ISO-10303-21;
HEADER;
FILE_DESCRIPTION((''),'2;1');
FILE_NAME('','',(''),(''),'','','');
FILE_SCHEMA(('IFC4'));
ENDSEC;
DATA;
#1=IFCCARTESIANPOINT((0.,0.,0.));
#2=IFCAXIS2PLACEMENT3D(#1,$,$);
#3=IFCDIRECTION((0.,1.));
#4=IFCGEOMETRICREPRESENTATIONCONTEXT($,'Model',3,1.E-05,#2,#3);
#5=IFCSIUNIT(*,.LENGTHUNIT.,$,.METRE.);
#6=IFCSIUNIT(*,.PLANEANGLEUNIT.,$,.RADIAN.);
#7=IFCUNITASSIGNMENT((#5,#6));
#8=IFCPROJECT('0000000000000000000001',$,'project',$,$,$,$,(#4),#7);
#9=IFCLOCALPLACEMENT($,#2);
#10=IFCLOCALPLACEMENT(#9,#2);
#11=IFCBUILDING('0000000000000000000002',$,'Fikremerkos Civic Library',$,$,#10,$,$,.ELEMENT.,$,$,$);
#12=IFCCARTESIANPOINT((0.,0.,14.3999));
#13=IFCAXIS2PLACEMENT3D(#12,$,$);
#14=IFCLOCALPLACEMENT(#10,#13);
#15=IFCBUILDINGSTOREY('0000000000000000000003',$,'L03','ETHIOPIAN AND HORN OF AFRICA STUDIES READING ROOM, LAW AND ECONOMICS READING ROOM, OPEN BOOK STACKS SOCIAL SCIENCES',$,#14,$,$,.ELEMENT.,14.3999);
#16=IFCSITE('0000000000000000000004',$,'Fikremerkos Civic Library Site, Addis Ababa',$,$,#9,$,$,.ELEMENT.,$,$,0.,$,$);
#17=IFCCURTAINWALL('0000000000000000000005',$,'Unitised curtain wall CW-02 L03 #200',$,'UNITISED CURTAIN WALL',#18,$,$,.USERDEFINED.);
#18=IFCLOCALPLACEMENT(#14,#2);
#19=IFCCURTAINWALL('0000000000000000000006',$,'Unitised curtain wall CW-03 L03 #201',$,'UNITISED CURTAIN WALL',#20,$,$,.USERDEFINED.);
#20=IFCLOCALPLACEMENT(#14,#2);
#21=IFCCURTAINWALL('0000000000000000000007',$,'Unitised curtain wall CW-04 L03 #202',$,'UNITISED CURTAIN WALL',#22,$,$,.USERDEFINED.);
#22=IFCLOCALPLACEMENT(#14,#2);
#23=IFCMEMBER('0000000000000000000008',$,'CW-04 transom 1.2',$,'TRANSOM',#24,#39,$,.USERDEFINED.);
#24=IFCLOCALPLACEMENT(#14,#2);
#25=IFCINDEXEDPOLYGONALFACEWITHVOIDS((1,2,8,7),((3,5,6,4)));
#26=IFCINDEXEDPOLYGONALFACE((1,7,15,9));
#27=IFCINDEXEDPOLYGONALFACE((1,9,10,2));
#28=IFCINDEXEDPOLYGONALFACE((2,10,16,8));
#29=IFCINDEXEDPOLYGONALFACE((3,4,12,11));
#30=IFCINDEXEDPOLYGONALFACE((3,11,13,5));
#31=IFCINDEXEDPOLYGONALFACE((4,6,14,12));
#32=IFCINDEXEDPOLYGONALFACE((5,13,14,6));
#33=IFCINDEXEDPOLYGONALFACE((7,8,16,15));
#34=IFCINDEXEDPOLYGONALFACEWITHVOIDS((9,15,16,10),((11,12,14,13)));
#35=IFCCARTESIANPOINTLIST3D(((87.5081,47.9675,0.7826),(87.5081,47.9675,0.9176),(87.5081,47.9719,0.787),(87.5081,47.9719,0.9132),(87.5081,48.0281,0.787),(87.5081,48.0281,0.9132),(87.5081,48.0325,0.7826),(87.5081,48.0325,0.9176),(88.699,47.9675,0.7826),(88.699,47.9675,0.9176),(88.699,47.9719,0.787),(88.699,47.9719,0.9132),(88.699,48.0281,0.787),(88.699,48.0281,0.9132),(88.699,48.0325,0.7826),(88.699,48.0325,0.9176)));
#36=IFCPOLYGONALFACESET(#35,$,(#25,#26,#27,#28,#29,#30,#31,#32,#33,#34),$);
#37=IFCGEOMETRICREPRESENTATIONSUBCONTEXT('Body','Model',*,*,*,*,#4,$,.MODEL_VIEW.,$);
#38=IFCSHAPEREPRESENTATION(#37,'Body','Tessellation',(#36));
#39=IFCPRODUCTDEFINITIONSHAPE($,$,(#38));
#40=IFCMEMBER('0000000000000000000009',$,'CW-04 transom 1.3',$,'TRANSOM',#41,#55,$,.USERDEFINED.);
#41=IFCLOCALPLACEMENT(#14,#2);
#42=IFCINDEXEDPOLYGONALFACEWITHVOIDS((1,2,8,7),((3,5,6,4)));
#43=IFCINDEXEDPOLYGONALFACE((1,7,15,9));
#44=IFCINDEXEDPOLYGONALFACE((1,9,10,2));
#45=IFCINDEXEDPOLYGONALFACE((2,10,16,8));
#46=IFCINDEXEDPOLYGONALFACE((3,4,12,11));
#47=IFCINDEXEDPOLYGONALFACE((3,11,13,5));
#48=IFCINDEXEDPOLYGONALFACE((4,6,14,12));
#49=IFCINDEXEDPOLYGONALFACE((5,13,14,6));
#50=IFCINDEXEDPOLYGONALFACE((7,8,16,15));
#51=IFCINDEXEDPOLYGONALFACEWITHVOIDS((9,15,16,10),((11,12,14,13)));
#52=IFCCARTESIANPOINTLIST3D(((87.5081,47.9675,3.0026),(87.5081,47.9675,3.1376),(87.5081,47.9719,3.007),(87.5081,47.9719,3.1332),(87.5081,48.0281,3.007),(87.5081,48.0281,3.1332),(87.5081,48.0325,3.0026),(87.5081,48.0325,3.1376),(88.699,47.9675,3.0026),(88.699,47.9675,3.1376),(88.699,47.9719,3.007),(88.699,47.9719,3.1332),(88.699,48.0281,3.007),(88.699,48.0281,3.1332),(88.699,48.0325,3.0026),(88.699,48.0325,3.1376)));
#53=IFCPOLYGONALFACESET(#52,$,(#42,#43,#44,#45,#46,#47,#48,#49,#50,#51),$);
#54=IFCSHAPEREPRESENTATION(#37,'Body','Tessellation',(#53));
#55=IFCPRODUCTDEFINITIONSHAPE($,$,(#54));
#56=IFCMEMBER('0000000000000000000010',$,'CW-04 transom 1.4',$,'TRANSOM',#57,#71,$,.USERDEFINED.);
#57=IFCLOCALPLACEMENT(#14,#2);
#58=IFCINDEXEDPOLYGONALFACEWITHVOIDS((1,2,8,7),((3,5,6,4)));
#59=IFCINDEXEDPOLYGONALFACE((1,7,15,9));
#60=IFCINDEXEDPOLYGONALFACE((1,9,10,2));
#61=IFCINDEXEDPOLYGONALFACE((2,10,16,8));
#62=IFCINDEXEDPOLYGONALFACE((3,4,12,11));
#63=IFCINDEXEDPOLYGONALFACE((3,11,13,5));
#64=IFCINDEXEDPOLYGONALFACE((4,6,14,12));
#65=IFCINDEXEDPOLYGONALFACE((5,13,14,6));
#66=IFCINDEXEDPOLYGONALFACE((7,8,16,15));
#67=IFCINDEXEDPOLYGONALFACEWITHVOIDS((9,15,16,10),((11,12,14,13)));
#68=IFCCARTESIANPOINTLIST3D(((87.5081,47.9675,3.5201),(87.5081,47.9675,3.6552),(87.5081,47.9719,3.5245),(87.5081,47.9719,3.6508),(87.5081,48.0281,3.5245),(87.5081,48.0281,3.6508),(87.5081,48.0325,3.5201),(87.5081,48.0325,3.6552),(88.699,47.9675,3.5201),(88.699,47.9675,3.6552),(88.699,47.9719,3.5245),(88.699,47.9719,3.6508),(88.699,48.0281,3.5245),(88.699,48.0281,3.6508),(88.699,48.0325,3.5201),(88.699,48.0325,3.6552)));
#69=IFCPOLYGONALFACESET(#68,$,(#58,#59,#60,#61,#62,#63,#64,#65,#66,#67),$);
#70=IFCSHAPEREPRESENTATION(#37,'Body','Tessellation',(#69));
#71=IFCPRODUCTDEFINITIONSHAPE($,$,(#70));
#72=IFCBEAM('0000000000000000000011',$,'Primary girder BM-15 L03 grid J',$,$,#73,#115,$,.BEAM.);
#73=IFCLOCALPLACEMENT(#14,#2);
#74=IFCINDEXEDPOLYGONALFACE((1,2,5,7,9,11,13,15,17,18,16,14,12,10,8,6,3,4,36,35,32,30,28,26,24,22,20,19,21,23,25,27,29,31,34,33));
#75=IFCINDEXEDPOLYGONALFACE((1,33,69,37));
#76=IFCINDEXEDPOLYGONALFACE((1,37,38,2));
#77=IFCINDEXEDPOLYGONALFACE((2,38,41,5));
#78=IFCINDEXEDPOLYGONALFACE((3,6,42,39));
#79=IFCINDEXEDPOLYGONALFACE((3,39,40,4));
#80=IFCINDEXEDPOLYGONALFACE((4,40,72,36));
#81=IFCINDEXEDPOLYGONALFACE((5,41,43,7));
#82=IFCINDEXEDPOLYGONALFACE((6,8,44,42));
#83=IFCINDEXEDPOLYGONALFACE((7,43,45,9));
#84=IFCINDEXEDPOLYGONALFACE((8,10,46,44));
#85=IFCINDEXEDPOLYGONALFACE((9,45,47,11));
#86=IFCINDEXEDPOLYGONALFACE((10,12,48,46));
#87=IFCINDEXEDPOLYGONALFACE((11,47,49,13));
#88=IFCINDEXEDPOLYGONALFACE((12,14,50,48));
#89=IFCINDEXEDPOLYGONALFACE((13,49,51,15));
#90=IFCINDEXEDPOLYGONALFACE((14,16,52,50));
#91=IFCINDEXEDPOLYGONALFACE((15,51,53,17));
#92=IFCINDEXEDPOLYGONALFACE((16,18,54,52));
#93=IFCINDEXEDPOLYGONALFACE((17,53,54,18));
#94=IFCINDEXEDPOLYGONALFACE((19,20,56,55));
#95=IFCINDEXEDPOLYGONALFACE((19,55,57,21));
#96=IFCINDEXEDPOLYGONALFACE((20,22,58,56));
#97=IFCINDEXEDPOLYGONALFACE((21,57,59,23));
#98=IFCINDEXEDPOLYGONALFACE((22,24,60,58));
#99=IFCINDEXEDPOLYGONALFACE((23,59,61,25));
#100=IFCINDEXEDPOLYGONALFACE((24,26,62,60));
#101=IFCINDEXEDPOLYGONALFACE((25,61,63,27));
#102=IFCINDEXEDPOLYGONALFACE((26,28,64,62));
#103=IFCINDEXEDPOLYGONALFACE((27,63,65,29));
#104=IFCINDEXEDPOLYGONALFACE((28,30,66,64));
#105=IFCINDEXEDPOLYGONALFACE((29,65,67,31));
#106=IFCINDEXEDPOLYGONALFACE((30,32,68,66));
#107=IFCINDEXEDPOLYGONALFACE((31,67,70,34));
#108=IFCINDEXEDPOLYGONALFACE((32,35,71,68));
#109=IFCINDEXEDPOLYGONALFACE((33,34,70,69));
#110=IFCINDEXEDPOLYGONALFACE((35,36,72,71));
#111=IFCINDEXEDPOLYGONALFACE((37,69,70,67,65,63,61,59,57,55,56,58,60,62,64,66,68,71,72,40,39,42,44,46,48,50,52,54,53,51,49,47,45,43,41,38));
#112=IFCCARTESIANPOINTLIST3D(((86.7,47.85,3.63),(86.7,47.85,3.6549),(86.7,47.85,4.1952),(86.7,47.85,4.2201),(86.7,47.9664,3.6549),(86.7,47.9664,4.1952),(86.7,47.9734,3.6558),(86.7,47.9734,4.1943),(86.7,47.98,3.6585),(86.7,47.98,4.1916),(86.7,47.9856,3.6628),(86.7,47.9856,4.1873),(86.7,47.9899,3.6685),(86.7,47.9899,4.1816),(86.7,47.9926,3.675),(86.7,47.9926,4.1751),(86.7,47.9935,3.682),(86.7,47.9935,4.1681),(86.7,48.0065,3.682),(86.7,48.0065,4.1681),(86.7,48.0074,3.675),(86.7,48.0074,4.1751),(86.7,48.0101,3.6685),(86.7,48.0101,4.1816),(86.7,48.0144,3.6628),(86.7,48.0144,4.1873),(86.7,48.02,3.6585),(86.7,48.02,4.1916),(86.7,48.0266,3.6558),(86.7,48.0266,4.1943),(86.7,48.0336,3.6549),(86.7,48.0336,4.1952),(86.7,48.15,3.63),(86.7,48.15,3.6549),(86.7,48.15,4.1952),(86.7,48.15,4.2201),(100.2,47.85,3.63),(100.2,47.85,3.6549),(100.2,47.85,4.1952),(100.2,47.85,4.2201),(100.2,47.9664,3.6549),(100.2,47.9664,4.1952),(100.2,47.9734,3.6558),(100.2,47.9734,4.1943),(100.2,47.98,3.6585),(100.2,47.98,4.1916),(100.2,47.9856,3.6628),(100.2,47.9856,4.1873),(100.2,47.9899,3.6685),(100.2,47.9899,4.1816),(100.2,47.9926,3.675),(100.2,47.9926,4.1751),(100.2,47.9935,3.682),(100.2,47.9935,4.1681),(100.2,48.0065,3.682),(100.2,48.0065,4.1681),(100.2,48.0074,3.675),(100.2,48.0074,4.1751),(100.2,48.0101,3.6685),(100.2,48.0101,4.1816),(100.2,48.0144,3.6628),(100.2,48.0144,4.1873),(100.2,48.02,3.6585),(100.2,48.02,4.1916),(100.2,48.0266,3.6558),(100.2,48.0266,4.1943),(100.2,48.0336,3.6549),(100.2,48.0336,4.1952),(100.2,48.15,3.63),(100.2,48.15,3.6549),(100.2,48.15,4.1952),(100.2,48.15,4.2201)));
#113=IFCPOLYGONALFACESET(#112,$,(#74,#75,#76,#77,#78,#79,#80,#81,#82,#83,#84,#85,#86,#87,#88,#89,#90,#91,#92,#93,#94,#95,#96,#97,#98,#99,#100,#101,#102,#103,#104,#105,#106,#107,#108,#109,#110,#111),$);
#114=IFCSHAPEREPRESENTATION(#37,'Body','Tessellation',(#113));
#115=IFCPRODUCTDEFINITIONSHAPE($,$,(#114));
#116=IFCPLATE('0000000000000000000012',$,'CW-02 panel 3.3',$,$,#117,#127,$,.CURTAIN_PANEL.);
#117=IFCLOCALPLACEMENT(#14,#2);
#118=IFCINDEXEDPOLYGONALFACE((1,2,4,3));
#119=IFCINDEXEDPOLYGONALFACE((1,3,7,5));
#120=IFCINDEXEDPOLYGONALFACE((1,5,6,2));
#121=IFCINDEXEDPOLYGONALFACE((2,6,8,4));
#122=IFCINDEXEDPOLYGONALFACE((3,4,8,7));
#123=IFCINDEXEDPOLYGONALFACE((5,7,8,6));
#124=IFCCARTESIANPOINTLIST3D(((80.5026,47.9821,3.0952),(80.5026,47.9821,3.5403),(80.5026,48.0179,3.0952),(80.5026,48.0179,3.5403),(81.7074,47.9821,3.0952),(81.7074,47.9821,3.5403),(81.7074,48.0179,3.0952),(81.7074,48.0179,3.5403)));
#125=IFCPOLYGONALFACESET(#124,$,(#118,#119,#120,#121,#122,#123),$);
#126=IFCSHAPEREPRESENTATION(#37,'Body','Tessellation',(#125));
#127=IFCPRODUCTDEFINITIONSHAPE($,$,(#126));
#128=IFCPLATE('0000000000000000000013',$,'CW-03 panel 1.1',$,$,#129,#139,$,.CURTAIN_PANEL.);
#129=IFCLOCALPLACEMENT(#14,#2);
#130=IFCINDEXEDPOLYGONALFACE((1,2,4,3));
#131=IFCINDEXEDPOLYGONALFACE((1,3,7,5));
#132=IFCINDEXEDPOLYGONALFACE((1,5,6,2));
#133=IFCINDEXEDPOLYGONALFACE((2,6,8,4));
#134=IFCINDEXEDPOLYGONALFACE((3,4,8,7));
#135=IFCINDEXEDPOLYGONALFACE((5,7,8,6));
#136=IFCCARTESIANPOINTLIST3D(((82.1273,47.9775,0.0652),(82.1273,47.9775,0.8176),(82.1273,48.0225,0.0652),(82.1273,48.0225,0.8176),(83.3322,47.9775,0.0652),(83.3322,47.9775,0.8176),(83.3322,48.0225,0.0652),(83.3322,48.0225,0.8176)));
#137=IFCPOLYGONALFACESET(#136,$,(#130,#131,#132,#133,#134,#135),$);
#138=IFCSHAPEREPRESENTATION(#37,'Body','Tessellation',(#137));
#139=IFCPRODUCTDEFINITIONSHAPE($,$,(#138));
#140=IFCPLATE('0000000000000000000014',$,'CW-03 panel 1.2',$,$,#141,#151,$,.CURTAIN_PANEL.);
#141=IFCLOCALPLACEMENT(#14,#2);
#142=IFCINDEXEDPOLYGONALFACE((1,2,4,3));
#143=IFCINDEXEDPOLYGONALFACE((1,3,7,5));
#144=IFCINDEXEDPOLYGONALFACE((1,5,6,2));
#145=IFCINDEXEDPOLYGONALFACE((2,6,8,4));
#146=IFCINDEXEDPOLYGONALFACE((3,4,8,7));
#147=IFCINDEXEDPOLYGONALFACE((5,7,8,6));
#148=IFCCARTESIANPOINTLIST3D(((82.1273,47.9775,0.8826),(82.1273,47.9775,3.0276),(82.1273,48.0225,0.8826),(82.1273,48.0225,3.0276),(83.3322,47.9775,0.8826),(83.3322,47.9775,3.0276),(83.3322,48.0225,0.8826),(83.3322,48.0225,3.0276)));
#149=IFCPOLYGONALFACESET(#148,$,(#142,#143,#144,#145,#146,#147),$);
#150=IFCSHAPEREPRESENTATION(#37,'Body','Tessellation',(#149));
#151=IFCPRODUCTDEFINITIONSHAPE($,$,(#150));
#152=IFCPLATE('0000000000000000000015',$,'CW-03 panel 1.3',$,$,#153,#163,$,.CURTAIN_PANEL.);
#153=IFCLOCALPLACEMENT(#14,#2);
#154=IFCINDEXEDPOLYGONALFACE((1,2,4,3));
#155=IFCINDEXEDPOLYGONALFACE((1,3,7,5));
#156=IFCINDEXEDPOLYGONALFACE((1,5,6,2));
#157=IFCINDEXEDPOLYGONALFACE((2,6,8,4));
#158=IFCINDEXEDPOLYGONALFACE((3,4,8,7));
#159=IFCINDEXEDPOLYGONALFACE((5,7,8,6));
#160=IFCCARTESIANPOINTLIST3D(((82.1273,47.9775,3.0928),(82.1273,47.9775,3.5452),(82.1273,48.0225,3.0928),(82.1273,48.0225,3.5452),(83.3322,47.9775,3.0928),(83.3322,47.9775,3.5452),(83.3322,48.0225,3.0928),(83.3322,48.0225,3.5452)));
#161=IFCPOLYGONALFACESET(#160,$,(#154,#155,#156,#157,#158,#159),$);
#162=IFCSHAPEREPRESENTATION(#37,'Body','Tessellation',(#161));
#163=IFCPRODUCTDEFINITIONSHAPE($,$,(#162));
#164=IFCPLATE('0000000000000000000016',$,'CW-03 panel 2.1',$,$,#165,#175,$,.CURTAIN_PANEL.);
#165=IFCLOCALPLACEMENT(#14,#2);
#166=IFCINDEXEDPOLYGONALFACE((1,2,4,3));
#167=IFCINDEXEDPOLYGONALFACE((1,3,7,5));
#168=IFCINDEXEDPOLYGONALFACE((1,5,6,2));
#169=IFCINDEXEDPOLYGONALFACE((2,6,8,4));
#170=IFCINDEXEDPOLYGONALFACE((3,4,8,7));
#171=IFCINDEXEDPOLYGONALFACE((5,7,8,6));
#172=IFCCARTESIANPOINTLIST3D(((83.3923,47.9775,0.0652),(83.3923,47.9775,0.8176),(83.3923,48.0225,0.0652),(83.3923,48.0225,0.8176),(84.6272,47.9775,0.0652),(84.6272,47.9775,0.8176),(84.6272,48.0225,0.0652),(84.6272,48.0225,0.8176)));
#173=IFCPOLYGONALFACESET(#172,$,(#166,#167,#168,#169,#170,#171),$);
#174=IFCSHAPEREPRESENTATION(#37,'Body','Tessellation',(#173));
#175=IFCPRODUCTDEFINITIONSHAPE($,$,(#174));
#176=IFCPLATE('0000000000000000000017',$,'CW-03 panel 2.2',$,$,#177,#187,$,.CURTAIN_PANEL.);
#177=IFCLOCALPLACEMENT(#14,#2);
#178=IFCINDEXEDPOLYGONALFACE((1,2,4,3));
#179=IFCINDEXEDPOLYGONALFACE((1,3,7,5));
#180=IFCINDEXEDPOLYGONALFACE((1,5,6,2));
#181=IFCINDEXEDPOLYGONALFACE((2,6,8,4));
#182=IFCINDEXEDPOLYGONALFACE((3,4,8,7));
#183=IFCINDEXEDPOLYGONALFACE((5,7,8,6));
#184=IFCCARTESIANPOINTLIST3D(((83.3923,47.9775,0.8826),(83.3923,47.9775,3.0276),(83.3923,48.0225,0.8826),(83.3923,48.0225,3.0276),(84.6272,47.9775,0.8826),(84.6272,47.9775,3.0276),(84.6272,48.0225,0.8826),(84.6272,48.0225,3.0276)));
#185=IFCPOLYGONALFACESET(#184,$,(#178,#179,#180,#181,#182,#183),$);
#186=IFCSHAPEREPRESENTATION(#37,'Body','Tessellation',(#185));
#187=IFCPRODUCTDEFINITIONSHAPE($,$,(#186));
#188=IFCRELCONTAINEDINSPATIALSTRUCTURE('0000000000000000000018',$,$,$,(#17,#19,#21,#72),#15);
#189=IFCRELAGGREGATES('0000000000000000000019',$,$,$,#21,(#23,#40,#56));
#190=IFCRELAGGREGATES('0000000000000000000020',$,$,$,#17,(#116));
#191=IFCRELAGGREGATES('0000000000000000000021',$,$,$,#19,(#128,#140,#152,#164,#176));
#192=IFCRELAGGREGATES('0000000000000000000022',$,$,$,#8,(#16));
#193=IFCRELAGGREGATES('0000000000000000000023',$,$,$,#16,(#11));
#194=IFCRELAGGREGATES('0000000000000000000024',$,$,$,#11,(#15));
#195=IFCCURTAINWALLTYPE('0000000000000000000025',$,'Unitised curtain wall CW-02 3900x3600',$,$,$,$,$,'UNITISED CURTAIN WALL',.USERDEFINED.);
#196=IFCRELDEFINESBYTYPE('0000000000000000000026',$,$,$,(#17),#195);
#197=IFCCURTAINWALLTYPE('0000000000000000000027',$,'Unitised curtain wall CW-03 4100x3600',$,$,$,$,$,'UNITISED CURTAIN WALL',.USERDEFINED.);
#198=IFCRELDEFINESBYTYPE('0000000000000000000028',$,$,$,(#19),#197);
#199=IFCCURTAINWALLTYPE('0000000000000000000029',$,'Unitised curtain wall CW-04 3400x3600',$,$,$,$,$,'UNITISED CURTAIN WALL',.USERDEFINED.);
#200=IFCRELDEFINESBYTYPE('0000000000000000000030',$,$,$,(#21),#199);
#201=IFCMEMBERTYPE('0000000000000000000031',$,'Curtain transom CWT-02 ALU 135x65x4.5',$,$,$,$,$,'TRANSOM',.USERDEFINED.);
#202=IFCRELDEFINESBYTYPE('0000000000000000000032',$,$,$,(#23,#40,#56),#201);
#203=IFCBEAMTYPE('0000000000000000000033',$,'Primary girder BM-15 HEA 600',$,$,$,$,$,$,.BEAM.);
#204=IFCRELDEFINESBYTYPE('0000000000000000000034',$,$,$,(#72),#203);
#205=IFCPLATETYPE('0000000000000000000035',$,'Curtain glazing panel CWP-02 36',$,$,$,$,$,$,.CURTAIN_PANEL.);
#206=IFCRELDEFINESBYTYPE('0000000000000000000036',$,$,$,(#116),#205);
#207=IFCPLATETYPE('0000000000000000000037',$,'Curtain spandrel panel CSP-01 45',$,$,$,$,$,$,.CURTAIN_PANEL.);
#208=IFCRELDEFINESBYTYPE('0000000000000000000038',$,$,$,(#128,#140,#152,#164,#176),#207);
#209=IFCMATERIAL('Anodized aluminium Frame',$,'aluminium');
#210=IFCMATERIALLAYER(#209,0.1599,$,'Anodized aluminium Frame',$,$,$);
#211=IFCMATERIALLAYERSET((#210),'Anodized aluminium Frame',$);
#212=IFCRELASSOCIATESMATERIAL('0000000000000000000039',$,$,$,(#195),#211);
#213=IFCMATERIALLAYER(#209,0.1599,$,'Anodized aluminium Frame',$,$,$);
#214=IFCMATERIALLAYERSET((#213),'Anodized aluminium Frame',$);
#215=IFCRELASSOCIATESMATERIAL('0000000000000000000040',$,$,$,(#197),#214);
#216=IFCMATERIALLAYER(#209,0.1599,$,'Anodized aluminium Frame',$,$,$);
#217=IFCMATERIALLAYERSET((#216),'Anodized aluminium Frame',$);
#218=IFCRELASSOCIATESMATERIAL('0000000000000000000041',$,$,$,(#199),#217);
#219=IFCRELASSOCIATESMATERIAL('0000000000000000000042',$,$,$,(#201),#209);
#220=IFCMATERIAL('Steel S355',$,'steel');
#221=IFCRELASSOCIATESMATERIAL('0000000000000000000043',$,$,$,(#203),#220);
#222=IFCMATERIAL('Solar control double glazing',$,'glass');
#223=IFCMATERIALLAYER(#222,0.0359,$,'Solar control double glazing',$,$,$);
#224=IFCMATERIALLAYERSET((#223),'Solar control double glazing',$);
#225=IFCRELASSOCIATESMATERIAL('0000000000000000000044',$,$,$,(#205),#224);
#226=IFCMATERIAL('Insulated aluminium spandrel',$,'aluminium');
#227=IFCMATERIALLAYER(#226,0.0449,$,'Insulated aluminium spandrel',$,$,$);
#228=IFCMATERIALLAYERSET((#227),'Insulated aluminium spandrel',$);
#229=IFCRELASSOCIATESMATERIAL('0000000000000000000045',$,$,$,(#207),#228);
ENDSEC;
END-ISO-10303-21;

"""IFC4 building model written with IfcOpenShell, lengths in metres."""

from ifc_helpers import new_model, si_unit, direction, frame, origin, origin_2d, place, context, subcontext, project, spatial, rectangle, hollow_rectangle, i_section, extrude, material, layer, layer_set, material_profile, profile_set, type_object, element, aggregate, save


model = new_model("IFC4")

# Units and contexts
model_context = context("Model", 3, precision=1e-05, world=origin(), true_north=direction((0.0, 1.0)))
body_context = subcontext(model_context, "Body", "Model", "MODEL_VIEW")
ifc_project = project(units=[si_unit("LENGTHUNIT", "METRE"), si_unit("PLANEANGLEUNIT", "RADIAN")], contexts=[model_context])

# Site, building, storey
site_placement = place(None, origin())
site = spatial("IfcSite", under=ifc_project, at=site_placement, Name="Fikremerkos Civic Library Site, Addis Ababa", CompositionType="ELEMENT", RefElevation=0.0)
building_placement = place(site_placement, origin())
building = spatial("IfcBuilding", under=site, at=building_placement, Name="Fikremerkos Civic Library", CompositionType="ELEMENT")
storey_placement = place(building_placement, frame((0.0, 0.0, 14.3999)))
storey = spatial("IfcBuildingStorey", under=building, at=storey_placement, Name="L03", Description="ETHIOPIAN AND HORN OF AFRICA STUDIES READING ROOM, LAW AND ECONOMICS READING ROOM, OPEN BOOK STACKS SOCIAL SCIENCES", CompositionType="ELEMENT", Elevation=14.3999)

# Curtain wall
ifc_material_1 = material(Name="Anodized aluminium Frame", Category="aluminium")
ifc_layer_1 = layer(ifc_material_1, 0.1599, Name="Anodized aluminium Frame")
ifc_layer_set_1 = layer_set([ifc_layer_1], Name="Anodized aluminium Frame")
curtain_wall_type_1 = type_object("IfcCurtainWallType", Name="Unitised curtain wall CW-02 3900x3600", ElementType="UNITISED CURTAIN WALL", PredefinedType="USERDEFINED", material=ifc_layer_set_1)
curtain_wall_1_placement = place(storey_placement, origin())
curtain_wall_1 = element("IfcCurtainWall", 1, at=curtain_wall_1_placement, inside=storey, type_object=curtain_wall_type_1, Name="Unitised curtain wall CW-02 L03 #200", ObjectType="UNITISED CURTAIN WALL", PredefinedType="USERDEFINED")

# Curtain wall
ifc_layer_2 = layer(ifc_material_1, 0.1599, Name="Anodized aluminium Frame")
ifc_layer_set_2 = layer_set([ifc_layer_2], Name="Anodized aluminium Frame")
curtain_wall_type_2 = type_object("IfcCurtainWallType", Name="Unitised curtain wall CW-03 4100x3600", ElementType="UNITISED CURTAIN WALL", PredefinedType="USERDEFINED", material=ifc_layer_set_2)
curtain_wall_2_placement = place(storey_placement, origin())
curtain_wall_2 = element("IfcCurtainWall", 2, at=curtain_wall_2_placement, inside=storey, type_object=curtain_wall_type_2, Name="Unitised curtain wall CW-03 L03 #201", ObjectType="UNITISED CURTAIN WALL", PredefinedType="USERDEFINED")

# Curtain wall
ifc_layer_3 = layer(ifc_material_1, 0.1599, Name="Anodized aluminium Frame")
ifc_layer_set_3 = layer_set([ifc_layer_3], Name="Anodized aluminium Frame")
curtain_wall_type_3 = type_object("IfcCurtainWallType", Name="Unitised curtain wall CW-04 3400x3600", ElementType="UNITISED CURTAIN WALL", PredefinedType="USERDEFINED", material=ifc_layer_set_3)
curtain_wall_3_placement = place(storey_placement, origin())
curtain_wall_3 = element("IfcCurtainWall", 3, at=curtain_wall_3_placement, inside=storey, type_object=curtain_wall_type_3, Name="Unitised curtain wall CW-04 L03 #202", ObjectType="UNITISED CURTAIN WALL", PredefinedType="USERDEFINED")

# Members
ifc_material_profile_1 = material_profile(ifc_material_1, hollow_rectangle(XDim=0.0649, YDim=0.135, WallThickness=0.0044, at=origin_2d()), Name="ALU 135x65x4.5")
ifc_profile_set_1 = profile_set([ifc_material_profile_1], Name="Anodized aluminium Frame")
member_type_1 = type_object("IfcMemberType", Name="Curtain transom CWT-02 ALU 135x65x4.5", ElementType="TRANSOM", PredefinedType="USERDEFINED", material=ifc_profile_set_1)
member_1_placement = place(storey_placement, frame((87.5081, 48.0, 0.8501), z_axis=(1.0, 0.0, 0.0), x_axis=(0.0, 1.0, 0.0)))
member_1 = element("IfcMember", 4, at=member_1_placement, type_object=member_type_1, Name="CW-04 transom 1.2", ObjectType="TRANSOM", PredefinedType="USERDEFINED", context=body_context, shape_type="SweptSolid", body=[
    extrude(hollow_rectangle(XDim=0.0649, YDim=0.135, WallThickness=0.0044, at=origin_2d()), origin(), (0.0, 0.0, 1.0), 1.1909),
])
member_2_placement = place(storey_placement, frame((87.5081, 48.0, 3.0701), z_axis=(1.0, 0.0, 0.0), x_axis=(0.0, 1.0, 0.0)))
member_2 = element("IfcMember", 5, at=member_2_placement, type_object=member_type_1, Name="CW-04 transom 1.3", ObjectType="TRANSOM", PredefinedType="USERDEFINED", context=body_context, shape_type="SweptSolid", body=[
    extrude(hollow_rectangle(XDim=0.0649, YDim=0.135, WallThickness=0.0044, at=origin_2d()), origin(), (0.0, 0.0, 1.0), 1.1909),
])
member_3_placement = place(storey_placement, frame((87.5081, 48.0, 3.5876), z_axis=(1.0, 0.0, 0.0), x_axis=(0.0, 1.0, 0.0)))
member_3 = element("IfcMember", 6, at=member_3_placement, type_object=member_type_1, Name="CW-04 transom 1.4", ObjectType="TRANSOM", PredefinedType="USERDEFINED", context=body_context, shape_type="SweptSolid", body=[
    extrude(hollow_rectangle(XDim=0.0649, YDim=0.135, WallThickness=0.0044, at=origin_2d()), origin(), (0.0, 0.0, 1.0), 1.1909),
])
aggregate(curtain_wall_3, [member_1, member_2, member_3])

# Beam
ifc_material_2 = material(Name="Steel S355", Category="steel")
ifc_material_profile_2 = material_profile(ifc_material_2, i_section(OverallWidth=0.3, OverallDepth=0.5901, WebThickness=0.0129, FlangeThickness=0.0249, FilletRadius=0.0271, at=origin_2d()), Name="HEA 600")
ifc_profile_set_2 = profile_set([ifc_material_profile_2], Name="Steel S355")
beam_type = type_object("IfcBeamType", Name="Primary girder BM-15 HEA 600", PredefinedType="BEAM", material=ifc_profile_set_2)
beam_placement = place(storey_placement, frame((86.7, 48.0, 3.925), z_axis=(1.0, 0.0, 0.0), x_axis=(0.0, 1.0, 0.0)))
element("IfcBeam", 7, at=beam_placement, inside=storey, type_object=beam_type, Name="Primary girder BM-15 L03 grid J", PredefinedType="BEAM", context=body_context, shape_type="SweptSolid", body=[
    extrude(i_section(OverallWidth=0.3, OverallDepth=0.5901, WebThickness=0.0129, FlangeThickness=0.0249, FilletRadius=0.0271, at=origin_2d()), origin(), (0.0, 0.0, 1.0), 13.5),
])

# Plates
ifc_material_3 = material(Name="Solar control double glazing", Category="glass")
ifc_layer_4 = layer(ifc_material_3, 0.0359, Name="Solar control double glazing")
ifc_layer_set_4 = layer_set([ifc_layer_4], Name="Solar control double glazing")
plate_type_1 = type_object("IfcPlateType", Name="Curtain glazing panel CWP-02 36", PredefinedType="CURTAIN_PANEL", material=ifc_layer_set_4)
plate_1_placement = place(storey_placement, frame((81.105, 48.0, 3.0952), z_axis=(0.0, 0.0, 1.0), x_axis=(1.0, 0.0, 0.0)))
plate_1 = element("IfcPlate", 8, at=plate_1_placement, type_object=plate_type_1, Name="CW-02 panel 3.3", PredefinedType="CURTAIN_PANEL", context=body_context, shape_type="SweptSolid", body=[
    extrude(rectangle(XDim=1.2048, YDim=0.0359, at=origin_2d()), origin(), (0.0, 0.0, 1.0), 0.4451),
])
aggregate(curtain_wall_1, [plate_1])
ifc_material_4 = material(Name="Insulated aluminium spandrel", Category="aluminium")
ifc_layer_5 = layer(ifc_material_4, 0.0449, Name="Insulated aluminium spandrel")
ifc_layer_set_5 = layer_set([ifc_layer_5], Name="Insulated aluminium spandrel")
plate_type_2 = type_object("IfcPlateType", Name="Curtain spandrel panel CSP-01 45", PredefinedType="CURTAIN_PANEL", material=ifc_layer_set_5)
plate_2_placement = place(storey_placement, frame((82.7297, 48.0, 0.0652), z_axis=(0.0, 0.0, 1.0), x_axis=(1.0, 0.0, 0.0)))
plate_2 = element("IfcPlate", 9, at=plate_2_placement, type_object=plate_type_2, Name="CW-03 panel 1.1", PredefinedType="CURTAIN_PANEL", context=body_context, shape_type="SweptSolid", body=[
    extrude(rectangle(XDim=1.2048, YDim=0.0449, at=origin_2d()), origin(), (0.0, 0.0, 1.0), 0.7524),
])
plate_3_placement = place(storey_placement, frame((82.7297, 48.0, 0.8826), z_axis=(0.0, 0.0, 1.0), x_axis=(1.0, 0.0, 0.0)))
plate_3 = element("IfcPlate", 10, at=plate_3_placement, type_object=plate_type_2, Name="CW-03 panel 1.2", PredefinedType="CURTAIN_PANEL", context=body_context, shape_type="SweptSolid", body=[
    extrude(rectangle(XDim=1.2048, YDim=0.0449, at=origin_2d()), origin(), (0.0, 0.0, 1.0), 2.145),
])
plate_4_placement = place(storey_placement, frame((82.7297, 48.0, 3.0928), z_axis=(0.0, 0.0, 1.0), x_axis=(1.0, 0.0, 0.0)))
plate_4 = element("IfcPlate", 11, at=plate_4_placement, type_object=plate_type_2, Name="CW-03 panel 1.3", PredefinedType="CURTAIN_PANEL", context=body_context, shape_type="SweptSolid", body=[
    extrude(rectangle(XDim=1.2048, YDim=0.0449, at=origin_2d()), origin(), (0.0, 0.0, 1.0), 0.4524),
])
plate_5_placement = place(storey_placement, frame((84.0098, 48.0, 0.0652), z_axis=(0.0, 0.0, 1.0), x_axis=(1.0, 0.0, 0.0)))
plate_5 = element("IfcPlate", 12, at=plate_5_placement, type_object=plate_type_2, Name="CW-03 panel 2.1", PredefinedType="CURTAIN_PANEL", context=body_context, shape_type="SweptSolid", body=[
    extrude(rectangle(XDim=1.2349, YDim=0.0449, at=origin_2d()), origin(), (0.0, 0.0, 1.0), 0.7524),
])
plate_6_placement = place(storey_placement, frame((84.0098, 48.0, 0.8826), z_axis=(0.0, 0.0, 1.0), x_axis=(1.0, 0.0, 0.0)))
plate_6 = element("IfcPlate", 13, at=plate_6_placement, type_object=plate_type_2, Name="CW-03 panel 2.2", PredefinedType="CURTAIN_PANEL", context=body_context, shape_type="SweptSolid", body=[
    extrude(rectangle(XDim=1.2349, YDim=0.0449, at=origin_2d()), origin(), (0.0, 0.0, 1.0), 2.145),
])
aggregate(curtain_wall_2, [plate_2, plate_3, plate_4, plate_5, plate_6])

save(model, "model.ifc")
